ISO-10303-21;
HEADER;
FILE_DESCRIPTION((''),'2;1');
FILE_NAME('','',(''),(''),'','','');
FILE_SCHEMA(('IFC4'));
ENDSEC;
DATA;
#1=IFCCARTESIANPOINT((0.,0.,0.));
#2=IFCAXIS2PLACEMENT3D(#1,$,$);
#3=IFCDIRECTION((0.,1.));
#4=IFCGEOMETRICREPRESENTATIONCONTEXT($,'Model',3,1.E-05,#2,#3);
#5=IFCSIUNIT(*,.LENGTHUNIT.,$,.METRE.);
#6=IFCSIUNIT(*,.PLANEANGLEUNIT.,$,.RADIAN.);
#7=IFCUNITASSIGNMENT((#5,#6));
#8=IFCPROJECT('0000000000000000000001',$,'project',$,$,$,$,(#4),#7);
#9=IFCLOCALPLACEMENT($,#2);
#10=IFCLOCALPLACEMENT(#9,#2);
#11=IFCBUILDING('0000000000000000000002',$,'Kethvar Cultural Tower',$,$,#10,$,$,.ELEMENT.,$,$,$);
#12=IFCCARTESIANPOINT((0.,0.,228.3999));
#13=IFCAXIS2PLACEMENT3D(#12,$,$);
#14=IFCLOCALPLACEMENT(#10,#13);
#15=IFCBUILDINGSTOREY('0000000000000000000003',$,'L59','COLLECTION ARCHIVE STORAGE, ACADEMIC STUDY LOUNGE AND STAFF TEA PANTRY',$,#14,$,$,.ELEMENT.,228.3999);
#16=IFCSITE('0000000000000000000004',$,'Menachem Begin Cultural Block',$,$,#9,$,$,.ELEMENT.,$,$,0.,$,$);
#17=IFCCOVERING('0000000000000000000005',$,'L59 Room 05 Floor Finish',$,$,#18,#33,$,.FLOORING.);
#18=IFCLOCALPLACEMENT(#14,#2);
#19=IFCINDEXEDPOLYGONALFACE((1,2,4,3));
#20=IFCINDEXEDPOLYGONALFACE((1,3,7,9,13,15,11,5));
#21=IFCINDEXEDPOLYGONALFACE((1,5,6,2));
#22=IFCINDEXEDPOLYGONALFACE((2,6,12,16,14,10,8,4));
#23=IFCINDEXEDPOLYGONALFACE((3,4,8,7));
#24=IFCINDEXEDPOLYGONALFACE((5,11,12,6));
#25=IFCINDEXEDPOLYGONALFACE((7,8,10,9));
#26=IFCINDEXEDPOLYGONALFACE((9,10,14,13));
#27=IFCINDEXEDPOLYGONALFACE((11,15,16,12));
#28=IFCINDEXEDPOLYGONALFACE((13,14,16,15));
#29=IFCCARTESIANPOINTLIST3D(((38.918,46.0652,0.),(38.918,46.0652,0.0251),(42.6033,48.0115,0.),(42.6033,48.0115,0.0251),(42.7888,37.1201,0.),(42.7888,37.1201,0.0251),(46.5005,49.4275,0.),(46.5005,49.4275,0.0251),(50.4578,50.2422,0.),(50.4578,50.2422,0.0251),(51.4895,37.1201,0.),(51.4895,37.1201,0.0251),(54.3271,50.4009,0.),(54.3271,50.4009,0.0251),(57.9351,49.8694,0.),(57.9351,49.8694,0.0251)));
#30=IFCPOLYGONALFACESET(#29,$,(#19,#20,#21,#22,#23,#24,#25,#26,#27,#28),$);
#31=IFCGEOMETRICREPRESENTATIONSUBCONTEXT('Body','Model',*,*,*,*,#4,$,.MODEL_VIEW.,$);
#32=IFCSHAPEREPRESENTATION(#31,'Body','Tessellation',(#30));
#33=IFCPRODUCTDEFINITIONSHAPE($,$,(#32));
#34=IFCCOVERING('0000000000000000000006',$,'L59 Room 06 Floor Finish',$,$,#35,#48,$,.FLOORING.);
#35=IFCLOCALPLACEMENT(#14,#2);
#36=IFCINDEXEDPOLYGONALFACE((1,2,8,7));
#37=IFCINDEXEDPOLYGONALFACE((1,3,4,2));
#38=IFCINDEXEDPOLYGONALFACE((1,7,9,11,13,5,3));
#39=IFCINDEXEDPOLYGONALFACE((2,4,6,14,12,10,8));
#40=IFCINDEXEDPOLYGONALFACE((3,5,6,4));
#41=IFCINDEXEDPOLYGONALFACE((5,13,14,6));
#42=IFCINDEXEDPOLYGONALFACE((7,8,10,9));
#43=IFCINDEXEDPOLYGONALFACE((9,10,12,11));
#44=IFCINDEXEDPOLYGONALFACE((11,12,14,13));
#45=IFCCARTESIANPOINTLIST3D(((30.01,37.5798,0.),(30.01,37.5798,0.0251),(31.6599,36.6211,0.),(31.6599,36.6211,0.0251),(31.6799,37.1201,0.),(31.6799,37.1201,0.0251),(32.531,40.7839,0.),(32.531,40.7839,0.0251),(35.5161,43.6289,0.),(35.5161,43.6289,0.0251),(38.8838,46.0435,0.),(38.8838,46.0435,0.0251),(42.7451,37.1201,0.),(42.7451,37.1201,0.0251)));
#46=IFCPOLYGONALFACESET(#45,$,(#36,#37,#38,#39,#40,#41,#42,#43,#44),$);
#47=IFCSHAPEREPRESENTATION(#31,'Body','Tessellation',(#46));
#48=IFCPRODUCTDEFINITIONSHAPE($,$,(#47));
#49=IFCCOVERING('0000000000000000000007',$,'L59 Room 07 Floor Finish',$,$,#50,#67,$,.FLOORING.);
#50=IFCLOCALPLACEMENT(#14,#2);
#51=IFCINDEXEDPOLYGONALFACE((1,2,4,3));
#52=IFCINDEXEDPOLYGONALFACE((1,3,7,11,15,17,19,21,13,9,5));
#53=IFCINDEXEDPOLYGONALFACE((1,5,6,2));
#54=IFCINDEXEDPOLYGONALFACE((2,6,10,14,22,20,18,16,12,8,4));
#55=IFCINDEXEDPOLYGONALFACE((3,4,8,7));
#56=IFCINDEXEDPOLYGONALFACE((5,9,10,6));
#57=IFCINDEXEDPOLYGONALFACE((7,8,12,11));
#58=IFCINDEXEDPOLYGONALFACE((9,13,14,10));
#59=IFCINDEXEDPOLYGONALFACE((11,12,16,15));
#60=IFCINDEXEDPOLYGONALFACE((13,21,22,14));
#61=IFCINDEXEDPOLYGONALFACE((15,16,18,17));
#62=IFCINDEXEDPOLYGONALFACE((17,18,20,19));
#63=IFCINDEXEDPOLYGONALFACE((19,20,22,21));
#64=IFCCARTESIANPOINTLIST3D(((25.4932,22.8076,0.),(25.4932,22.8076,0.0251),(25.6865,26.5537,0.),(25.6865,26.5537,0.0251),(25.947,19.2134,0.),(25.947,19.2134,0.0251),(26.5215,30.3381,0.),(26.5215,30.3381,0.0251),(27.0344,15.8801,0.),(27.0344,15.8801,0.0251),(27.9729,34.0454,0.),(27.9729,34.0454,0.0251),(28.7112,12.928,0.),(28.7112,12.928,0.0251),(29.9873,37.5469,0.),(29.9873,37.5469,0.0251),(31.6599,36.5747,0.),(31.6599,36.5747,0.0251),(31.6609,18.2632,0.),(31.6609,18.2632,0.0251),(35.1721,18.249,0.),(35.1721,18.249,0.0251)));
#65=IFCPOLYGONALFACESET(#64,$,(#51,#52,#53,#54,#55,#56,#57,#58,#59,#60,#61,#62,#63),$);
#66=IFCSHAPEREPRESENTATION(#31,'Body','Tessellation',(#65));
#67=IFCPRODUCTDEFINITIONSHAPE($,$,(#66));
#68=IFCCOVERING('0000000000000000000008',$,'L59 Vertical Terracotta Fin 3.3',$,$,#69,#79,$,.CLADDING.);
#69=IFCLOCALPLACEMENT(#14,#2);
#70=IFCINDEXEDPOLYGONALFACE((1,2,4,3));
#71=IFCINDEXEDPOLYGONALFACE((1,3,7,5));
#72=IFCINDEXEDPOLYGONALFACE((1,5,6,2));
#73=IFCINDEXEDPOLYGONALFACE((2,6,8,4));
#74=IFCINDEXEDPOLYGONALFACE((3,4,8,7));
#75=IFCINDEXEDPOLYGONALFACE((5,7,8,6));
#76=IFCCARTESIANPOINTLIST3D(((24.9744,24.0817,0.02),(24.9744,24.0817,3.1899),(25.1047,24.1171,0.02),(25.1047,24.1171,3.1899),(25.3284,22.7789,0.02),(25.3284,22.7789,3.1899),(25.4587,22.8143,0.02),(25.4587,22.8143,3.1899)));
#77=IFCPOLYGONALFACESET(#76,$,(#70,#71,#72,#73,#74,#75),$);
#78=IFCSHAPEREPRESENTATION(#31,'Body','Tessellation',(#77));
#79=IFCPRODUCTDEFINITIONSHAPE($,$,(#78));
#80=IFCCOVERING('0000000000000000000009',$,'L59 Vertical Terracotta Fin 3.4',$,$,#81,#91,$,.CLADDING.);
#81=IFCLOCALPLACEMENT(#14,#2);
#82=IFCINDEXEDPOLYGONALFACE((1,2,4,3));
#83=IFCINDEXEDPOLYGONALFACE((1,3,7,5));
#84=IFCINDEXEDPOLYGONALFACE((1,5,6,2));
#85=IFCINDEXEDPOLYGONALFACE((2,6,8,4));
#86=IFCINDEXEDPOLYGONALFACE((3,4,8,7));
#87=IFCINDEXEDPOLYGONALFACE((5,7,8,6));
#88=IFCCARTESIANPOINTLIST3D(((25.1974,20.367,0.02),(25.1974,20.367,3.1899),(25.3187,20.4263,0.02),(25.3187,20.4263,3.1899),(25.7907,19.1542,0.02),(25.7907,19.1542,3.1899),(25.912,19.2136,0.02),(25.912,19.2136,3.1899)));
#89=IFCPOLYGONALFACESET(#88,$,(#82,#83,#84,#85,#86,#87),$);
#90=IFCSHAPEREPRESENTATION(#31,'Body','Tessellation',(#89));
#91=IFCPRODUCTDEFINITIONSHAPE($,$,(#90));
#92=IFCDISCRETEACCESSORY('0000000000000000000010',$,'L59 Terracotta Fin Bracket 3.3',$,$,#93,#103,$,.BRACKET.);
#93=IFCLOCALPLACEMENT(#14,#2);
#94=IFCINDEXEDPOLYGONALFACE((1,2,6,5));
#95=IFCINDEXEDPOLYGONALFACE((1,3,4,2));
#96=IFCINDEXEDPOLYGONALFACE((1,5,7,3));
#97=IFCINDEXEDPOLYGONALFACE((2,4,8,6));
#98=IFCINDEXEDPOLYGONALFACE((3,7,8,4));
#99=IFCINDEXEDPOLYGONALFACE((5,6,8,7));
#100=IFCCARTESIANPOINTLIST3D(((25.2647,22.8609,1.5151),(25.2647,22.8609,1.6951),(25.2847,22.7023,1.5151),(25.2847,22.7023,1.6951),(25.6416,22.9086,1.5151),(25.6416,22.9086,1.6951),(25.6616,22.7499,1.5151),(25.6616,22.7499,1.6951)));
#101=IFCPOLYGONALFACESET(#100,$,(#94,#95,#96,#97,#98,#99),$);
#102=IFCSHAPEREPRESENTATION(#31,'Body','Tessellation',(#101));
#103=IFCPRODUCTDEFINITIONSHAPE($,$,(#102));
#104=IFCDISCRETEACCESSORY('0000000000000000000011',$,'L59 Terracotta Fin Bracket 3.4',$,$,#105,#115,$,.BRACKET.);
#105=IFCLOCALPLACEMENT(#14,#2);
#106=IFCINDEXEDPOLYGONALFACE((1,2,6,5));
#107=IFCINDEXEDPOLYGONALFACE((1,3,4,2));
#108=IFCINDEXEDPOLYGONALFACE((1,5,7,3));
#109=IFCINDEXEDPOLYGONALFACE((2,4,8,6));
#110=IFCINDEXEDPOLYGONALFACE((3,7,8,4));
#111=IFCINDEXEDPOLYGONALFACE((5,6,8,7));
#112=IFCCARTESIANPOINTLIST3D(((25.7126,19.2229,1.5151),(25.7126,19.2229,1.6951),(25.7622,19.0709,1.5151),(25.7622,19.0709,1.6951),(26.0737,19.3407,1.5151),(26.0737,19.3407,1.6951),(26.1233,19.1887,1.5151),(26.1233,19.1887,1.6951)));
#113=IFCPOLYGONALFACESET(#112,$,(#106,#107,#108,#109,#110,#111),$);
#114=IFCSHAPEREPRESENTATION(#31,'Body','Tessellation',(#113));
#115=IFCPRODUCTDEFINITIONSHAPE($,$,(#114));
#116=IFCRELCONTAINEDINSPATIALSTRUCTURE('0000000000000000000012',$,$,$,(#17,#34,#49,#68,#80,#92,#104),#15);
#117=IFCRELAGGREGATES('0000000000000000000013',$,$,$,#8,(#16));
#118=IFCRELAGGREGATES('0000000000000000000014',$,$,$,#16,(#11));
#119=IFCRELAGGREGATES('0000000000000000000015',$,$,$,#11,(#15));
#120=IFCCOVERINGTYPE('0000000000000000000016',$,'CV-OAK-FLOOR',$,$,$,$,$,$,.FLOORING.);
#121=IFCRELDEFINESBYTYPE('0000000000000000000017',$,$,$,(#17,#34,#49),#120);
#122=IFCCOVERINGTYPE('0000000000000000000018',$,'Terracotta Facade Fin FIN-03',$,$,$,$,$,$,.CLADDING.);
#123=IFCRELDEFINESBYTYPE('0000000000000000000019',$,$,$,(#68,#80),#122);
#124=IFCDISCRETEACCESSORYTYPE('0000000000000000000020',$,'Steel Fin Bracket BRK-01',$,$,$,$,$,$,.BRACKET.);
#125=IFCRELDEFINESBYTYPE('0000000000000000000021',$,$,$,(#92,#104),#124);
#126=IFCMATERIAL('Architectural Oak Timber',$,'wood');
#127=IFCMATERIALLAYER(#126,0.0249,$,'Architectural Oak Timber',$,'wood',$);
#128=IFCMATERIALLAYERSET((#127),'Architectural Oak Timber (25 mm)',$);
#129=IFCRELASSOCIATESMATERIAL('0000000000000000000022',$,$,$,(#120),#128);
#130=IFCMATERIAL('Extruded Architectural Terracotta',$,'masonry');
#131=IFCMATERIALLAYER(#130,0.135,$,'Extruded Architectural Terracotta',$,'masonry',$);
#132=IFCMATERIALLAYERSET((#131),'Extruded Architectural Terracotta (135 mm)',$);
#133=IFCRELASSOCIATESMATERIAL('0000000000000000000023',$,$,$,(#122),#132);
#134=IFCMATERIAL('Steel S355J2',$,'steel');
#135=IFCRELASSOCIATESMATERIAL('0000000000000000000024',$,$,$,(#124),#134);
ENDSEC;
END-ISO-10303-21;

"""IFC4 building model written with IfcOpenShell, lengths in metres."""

from ifc_helpers import new_model, si_unit, direction, frame, origin, origin_2d, place, context, subcontext, project, spatial, polyline, rectangle, outline, extrude, source, transform, mapped, material, layer, layer_set, type_object, element, save


model = new_model("IFC4")

# Units and contexts
model_context = context("Model", 3, precision=1e-05, world=origin(), true_north=direction((0.0, 1.0)))
body_context = subcontext(model_context, "Body", "Model", "MODEL_VIEW")
ifc_project = project(units=[si_unit("LENGTHUNIT", "METRE"), si_unit("PLANEANGLEUNIT", "RADIAN")], contexts=[model_context])

# Site, building, storey
site_placement = place(None, origin())
site = spatial("IfcSite", under=ifc_project, at=site_placement, Name="Menachem Begin Cultural Block", CompositionType="ELEMENT", RefElevation=0.0)
building_placement = place(site_placement, origin())
building = spatial("IfcBuilding", under=site, at=building_placement, Name="Kethvar Cultural Tower", CompositionType="ELEMENT")
storey_placement = place(building_placement, frame((0.0, 0.0, 228.3999)))
storey = spatial("IfcBuildingStorey", under=building, at=storey_placement, Name="L59", Description="COLLECTION ARCHIVE STORAGE, ACADEMIC STUDY LOUNGE AND STAFF TEA PANTRY", CompositionType="ELEMENT", Elevation=228.3999)

# Coverings
ifc_material_1 = material(Name="Architectural Oak Timber", Category="wood")
ifc_layer_1 = layer(ifc_material_1, 0.0249, Name="Architectural Oak Timber", Category="wood")
ifc_layer_set_1 = layer_set([ifc_layer_1], Name="Architectural Oak Timber (25 mm)")
covering_type_1 = type_object("IfcCoveringType", Name="CV-OAK-FLOOR", PredefinedType="FLOORING", material=ifc_layer_set_1)
covering_1_placement = place(storey_placement, origin())
element("IfcCovering", 1, at=covering_1_placement, inside=storey, type_object=covering_type_1, Name="L59 Room 05 Floor Finish", PredefinedType="FLOORING", context=body_context, shape_type="SweptSolid", body=[
    extrude(outline(polyline([(42.6033, 48.0115), (46.5005, 49.4275), (50.4578, 50.2422), (54.3271, 50.4009), (57.9351, 49.8694), (51.4895, 37.1201), (42.7888, 37.1201), (38.918, 46.0652), (42.6033, 48.0115)])), origin(), (0.0, 0.0, 1.0), 0.0251),
])
covering_2_placement = place(storey_placement, origin())
element("IfcCovering", 2, at=covering_2_placement, inside=storey, type_object=covering_type_1, Name="L59 Room 06 Floor Finish", PredefinedType="FLOORING", context=body_context, shape_type="SweptSolid", body=[
    extrude(outline(polyline([(32.531, 40.7839), (35.5161, 43.6289), (38.8838, 46.0435), (42.7451, 37.1201), (31.6799, 37.1201), (31.6599, 36.6211), (30.01, 37.5798), (32.531, 40.7839)])), origin(), (0.0, 0.0, 1.0), 0.0251),
])
covering_3_placement = place(storey_placement, origin())
element("IfcCovering", 3, at=covering_3_placement, inside=storey, type_object=covering_type_1, Name="L59 Room 07 Floor Finish", PredefinedType="FLOORING", context=body_context, shape_type="SweptSolid", body=[
    extrude(outline(polyline([(28.7112, 12.928), (27.0344, 15.8801), (25.947, 19.2134), (25.4932, 22.8076), (25.6865, 26.5537), (26.5215, 30.3381), (27.9729, 34.0454), (29.9873, 37.5469), (31.6599, 36.5747), (31.6609, 18.2632), (35.1721, 18.249), (28.7112, 12.928)])), origin(), (0.0, 0.0, 1.0), 0.0251),
])
ifc_material_2 = material(Name="Extruded Architectural Terracotta", Category="masonry")
ifc_layer_2 = layer(ifc_material_2, 0.135, Name="Extruded Architectural Terracotta", Category="masonry")
ifc_layer_set_2 = layer_set([ifc_layer_2], Name="Extruded Architectural Terracotta (135 mm)")
covering_type_2 = type_object("IfcCoveringType", Name="Terracotta Facade Fin FIN-03", PredefinedType="CLADDING", material=ifc_layer_set_2)
shared_shape_1 = source(origin(), body_context, "Body", "SweptSolid", [
    extrude(rectangle(XDim=1.3501, YDim=0.135, at=origin_2d()), origin(), (0.0, 0.0, 1.0), 3.1699),
])
for number, where, z_axis, x_axis, name in (
    (4, (25.2166, 23.448, 0.02), (0.0, 0.0, 1.0), (-0.262189, 0.965016, 0.0), "L59 Vertical Terracotta Fin 3.3"),
    (5, (25.5547, 19.7903, 0.02), (0.0, 0.0, 1.0), (-0.439469, 0.898258, 0.0), "L59 Vertical Terracotta Fin 3.4"),
):
    element("IfcCovering", number, at=place(storey_placement, frame(where, z_axis=z_axis, x_axis=x_axis)), inside=storey, type_object=covering_type_2, Name=name, PredefinedType="CLADDING", context=body_context, shape_type="MappedRepresentation", body=[
        mapped(shared_shape_1, transform((0.0, 0.0, 0.0), scale=1.0)),
    ])

# Discrete accessories
ifc_material_3 = material(Name="Steel S355J2", Category="steel")
discrete_accessory_type = type_object("IfcDiscreteAccessoryType", Name="Steel Fin Bracket BRK-01", PredefinedType="BRACKET", material=ifc_material_3)
shared_shape_2 = source(origin(), body_context, "Body", "SweptSolid", [
    extrude(rectangle(XDim=0.3799, YDim=0.1599, at=origin_2d()), origin(), (0.0, 0.0, 1.0), 0.1799),
])
for number, where, z_axis, x_axis, name in (
    (6, (25.4631, 22.8054, 1.5151), (0.0, 0.0, 1.0), (-0.992115, -0.125333, 0.0), "L59 Terracotta Fin Bracket 3.3"),
    (7, (25.918, 19.2058, 1.5151), (0.0, 0.0, 1.0), (-0.950678, -0.310179, 0.0), "L59 Terracotta Fin Bracket 3.4"),
):
    element("IfcDiscreteAccessory", number, at=place(storey_placement, frame(where, z_axis=z_axis, x_axis=x_axis)), inside=storey, type_object=discrete_accessory_type, Name=name, PredefinedType="BRACKET", context=body_context, shape_type="MappedRepresentation", body=[
        mapped(shared_shape_2, transform((0.0, 0.0, 0.0), scale=1.0)),
    ])

save(model, "model.ifc")
